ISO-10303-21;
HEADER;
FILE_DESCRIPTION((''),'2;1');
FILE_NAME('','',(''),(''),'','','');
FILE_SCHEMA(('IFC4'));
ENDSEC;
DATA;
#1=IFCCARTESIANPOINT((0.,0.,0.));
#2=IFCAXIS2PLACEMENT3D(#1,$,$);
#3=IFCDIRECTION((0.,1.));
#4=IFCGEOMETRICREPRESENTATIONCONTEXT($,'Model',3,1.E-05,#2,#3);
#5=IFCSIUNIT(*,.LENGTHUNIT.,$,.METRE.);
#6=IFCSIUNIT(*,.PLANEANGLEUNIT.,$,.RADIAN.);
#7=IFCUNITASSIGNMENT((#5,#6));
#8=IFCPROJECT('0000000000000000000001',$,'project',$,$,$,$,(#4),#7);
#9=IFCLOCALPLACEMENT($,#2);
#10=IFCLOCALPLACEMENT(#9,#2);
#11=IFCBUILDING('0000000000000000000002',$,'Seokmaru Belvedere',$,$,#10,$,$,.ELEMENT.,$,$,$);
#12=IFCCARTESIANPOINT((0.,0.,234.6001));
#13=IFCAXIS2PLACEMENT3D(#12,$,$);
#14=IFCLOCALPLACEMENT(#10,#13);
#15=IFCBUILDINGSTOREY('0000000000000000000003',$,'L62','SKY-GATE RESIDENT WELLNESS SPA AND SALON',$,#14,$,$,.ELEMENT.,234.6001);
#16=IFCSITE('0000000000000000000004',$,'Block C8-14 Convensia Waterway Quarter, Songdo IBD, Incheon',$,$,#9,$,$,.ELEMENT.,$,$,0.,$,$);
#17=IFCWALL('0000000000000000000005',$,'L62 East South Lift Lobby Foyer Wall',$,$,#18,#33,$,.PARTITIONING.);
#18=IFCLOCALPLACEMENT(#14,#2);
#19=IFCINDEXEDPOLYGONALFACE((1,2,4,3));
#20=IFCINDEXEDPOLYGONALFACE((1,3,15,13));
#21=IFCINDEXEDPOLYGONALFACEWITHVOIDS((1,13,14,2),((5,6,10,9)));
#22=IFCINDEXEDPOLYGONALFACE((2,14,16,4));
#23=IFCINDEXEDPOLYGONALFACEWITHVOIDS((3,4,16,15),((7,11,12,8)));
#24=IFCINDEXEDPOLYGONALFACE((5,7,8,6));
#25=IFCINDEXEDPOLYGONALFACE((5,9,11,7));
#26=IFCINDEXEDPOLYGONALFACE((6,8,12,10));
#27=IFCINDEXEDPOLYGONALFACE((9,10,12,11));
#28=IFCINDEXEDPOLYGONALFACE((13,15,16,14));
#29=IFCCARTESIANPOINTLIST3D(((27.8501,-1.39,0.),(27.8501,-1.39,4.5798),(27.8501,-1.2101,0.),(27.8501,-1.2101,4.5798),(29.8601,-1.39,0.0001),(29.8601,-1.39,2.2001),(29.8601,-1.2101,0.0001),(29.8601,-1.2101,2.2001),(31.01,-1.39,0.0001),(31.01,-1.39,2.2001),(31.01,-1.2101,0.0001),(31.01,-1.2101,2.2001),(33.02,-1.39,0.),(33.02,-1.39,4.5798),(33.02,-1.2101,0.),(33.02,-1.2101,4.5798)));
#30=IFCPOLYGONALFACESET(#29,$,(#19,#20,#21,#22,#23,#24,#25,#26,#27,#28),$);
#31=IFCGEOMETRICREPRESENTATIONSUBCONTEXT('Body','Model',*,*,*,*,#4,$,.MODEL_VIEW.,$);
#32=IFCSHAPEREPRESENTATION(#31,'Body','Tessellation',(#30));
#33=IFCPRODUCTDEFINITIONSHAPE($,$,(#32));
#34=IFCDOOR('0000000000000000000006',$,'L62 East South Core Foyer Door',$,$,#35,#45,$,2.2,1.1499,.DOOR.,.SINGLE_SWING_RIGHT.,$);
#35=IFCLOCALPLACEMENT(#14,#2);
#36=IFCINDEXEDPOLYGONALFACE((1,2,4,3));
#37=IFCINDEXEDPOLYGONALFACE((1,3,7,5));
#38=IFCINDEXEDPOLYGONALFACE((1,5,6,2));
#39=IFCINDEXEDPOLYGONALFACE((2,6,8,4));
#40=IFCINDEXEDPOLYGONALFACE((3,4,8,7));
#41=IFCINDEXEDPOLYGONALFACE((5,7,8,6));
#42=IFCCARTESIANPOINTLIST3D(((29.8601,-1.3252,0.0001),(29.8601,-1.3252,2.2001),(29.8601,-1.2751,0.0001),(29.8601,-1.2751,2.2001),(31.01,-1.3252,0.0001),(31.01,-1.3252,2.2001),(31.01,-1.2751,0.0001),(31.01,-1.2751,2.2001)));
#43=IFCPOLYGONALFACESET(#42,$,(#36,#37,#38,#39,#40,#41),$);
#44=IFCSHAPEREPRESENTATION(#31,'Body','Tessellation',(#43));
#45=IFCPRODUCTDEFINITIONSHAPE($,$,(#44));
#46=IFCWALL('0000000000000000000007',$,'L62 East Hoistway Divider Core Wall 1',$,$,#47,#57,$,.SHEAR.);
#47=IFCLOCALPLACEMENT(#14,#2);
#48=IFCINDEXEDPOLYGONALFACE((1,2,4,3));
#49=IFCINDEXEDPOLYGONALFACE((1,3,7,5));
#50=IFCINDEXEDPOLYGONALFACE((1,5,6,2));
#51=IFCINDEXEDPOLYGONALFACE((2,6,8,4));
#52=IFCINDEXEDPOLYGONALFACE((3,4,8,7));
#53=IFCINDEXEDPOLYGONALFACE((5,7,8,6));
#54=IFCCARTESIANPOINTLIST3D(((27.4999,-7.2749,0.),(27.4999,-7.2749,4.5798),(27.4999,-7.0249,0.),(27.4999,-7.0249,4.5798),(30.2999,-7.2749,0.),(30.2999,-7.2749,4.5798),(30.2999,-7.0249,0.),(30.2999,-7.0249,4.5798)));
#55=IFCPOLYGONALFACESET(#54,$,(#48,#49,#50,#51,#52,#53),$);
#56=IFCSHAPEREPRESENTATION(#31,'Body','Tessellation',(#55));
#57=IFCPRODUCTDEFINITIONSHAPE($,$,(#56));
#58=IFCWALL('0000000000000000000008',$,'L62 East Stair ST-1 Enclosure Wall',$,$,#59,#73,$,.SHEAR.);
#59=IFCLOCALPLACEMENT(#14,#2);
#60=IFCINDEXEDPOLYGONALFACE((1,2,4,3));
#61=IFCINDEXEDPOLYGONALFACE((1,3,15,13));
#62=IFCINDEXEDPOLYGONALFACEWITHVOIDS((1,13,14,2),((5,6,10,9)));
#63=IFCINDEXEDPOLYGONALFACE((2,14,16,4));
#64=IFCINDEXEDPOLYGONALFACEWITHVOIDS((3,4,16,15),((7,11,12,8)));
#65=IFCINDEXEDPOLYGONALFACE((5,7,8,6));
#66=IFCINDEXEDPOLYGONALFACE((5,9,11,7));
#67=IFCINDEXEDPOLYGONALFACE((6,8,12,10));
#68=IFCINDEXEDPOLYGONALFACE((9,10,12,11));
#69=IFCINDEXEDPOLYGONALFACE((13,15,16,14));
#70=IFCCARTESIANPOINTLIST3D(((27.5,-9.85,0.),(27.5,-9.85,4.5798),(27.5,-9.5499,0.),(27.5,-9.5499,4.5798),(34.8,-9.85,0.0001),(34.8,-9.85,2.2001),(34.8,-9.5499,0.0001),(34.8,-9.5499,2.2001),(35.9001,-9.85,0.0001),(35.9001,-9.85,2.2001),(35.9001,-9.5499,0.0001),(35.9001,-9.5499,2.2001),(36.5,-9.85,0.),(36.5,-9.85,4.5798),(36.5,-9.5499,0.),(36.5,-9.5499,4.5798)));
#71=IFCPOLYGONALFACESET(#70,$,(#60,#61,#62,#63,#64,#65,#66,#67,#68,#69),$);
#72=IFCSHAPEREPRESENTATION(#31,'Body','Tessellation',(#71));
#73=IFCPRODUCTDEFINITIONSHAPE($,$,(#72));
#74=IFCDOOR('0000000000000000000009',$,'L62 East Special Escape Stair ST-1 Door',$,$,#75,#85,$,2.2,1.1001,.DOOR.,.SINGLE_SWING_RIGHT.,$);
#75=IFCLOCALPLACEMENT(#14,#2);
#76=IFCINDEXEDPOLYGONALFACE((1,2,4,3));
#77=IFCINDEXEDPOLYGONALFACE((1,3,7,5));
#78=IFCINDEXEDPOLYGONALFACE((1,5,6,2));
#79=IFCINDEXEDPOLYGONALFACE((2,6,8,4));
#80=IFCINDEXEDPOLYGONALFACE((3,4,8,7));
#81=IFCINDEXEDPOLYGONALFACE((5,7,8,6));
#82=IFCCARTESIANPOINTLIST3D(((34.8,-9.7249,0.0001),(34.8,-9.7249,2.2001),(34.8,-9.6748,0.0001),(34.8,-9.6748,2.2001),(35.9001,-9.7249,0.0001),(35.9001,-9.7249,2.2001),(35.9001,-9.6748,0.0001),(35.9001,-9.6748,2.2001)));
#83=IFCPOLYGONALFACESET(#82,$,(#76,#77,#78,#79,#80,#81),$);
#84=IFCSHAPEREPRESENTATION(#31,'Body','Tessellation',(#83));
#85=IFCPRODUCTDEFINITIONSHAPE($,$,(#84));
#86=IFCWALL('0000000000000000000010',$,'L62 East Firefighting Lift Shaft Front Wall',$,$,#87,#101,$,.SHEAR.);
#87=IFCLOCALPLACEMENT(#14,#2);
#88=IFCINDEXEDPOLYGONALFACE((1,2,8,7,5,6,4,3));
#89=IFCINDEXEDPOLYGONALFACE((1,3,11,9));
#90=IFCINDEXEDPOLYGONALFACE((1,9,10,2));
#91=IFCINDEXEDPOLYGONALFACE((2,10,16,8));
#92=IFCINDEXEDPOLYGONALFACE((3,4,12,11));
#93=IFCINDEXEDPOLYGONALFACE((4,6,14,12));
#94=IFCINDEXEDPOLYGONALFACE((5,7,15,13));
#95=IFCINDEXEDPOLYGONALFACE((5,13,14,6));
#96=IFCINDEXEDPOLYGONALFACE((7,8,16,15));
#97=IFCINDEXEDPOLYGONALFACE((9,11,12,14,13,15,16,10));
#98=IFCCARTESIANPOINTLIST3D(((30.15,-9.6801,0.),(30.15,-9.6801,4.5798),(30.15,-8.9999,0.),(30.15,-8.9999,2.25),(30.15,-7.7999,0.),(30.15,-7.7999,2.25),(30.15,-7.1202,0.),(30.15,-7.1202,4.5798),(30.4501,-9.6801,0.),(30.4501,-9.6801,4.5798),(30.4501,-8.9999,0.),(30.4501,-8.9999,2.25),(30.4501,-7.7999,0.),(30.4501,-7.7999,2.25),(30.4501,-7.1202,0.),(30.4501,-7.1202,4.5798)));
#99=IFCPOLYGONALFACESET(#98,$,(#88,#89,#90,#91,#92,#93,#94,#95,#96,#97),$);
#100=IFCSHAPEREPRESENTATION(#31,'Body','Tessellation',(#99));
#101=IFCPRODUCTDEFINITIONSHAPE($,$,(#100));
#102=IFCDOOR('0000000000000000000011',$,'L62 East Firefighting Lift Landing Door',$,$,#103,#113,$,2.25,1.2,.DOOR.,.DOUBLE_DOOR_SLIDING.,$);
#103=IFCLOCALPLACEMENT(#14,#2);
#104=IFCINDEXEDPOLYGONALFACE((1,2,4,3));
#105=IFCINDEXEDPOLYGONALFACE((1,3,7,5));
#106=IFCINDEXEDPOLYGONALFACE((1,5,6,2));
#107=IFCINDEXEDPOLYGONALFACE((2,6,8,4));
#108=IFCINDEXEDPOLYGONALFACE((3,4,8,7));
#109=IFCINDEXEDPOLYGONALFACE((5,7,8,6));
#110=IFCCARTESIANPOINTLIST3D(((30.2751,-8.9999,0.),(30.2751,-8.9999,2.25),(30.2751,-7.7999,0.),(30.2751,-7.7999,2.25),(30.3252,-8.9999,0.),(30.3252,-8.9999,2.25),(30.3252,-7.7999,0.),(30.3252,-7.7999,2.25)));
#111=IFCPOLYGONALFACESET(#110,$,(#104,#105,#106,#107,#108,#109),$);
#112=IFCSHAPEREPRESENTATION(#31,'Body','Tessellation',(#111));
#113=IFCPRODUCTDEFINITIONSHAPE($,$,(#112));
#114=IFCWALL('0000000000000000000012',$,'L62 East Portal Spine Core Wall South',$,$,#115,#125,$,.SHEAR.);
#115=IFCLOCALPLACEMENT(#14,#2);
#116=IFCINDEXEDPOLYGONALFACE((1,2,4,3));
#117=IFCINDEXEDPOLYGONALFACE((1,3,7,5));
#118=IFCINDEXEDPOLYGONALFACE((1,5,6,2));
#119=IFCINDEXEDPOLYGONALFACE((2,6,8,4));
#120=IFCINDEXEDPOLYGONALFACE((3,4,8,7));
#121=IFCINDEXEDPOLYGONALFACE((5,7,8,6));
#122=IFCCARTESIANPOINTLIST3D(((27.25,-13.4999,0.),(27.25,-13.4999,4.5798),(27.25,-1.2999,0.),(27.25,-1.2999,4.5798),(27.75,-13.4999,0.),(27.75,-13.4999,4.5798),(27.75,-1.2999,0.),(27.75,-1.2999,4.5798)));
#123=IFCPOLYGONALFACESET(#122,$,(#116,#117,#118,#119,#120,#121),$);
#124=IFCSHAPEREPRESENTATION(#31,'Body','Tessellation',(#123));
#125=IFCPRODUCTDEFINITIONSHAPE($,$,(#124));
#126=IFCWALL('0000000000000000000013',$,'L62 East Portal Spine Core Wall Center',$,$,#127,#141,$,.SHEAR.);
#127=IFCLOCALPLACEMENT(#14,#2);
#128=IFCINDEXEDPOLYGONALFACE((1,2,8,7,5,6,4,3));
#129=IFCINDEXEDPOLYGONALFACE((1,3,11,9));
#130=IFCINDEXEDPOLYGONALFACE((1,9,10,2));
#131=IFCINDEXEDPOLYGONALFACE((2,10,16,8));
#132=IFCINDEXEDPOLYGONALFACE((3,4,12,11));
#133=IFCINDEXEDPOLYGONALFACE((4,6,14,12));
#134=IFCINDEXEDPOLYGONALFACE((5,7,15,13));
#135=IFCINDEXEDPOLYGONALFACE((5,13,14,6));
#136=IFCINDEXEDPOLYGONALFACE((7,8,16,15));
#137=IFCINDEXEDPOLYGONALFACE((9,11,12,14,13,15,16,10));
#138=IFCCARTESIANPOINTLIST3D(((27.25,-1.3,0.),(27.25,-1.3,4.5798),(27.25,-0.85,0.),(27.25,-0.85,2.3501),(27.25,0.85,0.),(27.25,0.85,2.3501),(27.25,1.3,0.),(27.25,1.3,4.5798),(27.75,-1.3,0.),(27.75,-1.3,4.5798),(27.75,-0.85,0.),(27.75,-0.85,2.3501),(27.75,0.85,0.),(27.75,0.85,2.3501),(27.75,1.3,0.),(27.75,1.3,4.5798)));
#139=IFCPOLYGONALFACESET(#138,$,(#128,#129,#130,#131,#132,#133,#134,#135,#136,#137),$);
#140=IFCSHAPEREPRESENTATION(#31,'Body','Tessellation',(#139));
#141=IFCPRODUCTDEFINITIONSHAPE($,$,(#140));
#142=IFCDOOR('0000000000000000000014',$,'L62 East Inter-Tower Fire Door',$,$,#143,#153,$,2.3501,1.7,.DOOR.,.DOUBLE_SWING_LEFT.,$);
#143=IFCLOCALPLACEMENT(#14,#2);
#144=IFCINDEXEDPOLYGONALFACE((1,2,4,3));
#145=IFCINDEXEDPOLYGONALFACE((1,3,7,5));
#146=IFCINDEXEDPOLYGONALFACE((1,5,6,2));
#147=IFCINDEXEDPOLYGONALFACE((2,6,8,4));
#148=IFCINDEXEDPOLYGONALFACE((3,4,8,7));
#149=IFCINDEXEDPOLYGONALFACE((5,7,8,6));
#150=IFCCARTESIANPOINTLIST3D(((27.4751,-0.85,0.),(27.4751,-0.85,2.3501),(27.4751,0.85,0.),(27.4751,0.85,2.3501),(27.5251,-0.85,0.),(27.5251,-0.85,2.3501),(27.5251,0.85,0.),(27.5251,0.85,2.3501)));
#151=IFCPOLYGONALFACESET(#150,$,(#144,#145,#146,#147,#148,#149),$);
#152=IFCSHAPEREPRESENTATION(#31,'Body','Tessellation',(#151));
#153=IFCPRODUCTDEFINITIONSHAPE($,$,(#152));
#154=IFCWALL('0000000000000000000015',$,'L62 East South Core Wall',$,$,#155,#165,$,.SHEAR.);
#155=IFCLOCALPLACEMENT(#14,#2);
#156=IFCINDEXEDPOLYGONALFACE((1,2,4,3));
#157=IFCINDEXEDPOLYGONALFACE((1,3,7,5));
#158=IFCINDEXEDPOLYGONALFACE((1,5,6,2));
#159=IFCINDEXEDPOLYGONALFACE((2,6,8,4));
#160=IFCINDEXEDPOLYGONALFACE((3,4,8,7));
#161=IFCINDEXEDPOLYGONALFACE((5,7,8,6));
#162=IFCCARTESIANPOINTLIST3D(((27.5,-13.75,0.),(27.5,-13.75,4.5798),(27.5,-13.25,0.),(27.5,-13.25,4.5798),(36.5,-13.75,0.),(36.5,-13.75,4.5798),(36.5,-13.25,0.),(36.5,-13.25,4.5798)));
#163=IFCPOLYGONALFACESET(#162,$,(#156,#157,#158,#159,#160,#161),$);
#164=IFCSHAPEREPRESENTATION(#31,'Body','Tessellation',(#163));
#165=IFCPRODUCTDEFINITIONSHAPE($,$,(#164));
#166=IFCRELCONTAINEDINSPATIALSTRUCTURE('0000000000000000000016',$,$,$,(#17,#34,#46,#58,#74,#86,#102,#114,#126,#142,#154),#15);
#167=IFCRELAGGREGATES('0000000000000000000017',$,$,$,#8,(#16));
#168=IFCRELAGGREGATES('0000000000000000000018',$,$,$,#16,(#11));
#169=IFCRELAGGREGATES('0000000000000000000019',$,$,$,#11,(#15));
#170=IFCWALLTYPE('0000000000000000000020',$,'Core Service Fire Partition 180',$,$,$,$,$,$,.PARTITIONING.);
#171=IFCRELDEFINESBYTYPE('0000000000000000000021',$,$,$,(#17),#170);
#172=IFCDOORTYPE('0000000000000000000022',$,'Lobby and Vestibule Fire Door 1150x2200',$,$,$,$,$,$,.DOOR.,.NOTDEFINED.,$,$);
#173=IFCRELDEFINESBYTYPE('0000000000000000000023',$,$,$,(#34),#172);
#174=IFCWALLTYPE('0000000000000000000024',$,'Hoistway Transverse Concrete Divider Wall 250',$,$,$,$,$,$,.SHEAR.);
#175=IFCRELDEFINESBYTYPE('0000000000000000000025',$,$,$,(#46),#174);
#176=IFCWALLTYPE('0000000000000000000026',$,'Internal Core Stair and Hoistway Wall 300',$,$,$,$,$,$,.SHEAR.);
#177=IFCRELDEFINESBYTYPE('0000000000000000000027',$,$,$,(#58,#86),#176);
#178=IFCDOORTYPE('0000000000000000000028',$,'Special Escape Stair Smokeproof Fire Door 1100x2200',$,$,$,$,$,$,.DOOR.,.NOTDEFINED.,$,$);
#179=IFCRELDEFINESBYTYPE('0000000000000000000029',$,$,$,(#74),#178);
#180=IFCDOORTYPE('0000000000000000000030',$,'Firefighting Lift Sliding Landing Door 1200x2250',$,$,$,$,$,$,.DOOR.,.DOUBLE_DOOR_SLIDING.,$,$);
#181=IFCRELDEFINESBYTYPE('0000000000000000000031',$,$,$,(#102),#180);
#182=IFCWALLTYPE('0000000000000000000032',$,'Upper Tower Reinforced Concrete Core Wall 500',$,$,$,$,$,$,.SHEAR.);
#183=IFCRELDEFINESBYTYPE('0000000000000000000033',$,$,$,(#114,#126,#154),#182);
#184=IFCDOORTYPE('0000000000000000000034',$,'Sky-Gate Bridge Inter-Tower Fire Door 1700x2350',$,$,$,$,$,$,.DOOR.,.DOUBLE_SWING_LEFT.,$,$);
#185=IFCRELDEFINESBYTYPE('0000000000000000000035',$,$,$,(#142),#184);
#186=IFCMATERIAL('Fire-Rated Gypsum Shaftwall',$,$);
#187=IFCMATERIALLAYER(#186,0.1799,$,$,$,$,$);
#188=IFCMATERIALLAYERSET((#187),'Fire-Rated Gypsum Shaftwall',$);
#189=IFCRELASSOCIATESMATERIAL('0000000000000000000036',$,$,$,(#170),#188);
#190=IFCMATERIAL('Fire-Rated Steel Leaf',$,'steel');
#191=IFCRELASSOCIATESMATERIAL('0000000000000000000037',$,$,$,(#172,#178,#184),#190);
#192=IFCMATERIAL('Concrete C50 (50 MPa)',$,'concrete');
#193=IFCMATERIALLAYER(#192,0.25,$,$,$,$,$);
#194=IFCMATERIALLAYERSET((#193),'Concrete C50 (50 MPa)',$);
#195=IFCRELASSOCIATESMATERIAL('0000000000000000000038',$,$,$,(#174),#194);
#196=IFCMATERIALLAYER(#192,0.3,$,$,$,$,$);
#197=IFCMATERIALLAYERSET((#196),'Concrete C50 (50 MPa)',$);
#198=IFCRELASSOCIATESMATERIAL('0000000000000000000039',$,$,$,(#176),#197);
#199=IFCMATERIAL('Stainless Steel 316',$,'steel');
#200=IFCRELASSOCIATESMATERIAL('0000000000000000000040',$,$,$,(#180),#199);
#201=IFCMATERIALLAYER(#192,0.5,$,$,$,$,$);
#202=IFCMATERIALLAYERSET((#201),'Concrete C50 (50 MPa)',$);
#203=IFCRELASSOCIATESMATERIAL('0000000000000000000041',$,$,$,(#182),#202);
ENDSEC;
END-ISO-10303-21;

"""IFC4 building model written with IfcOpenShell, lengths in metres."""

from ifc_helpers import new_model, si_unit, direction, frame, frame_2d, origin, place, context, subcontext, project, spatial, rectangle, extrude, source, transform, mapped, material, layer, layer_set, type_object, type_shapes, element, fill, save


model = new_model("IFC4")

# Units and contexts
model_context = context("Model", 3, precision=1e-05, world=origin(), true_north=direction((0.0, 1.0)))
body_context = subcontext(model_context, "Body", "Model", "MODEL_VIEW")
ifc_project = project(units=[si_unit("LENGTHUNIT", "METRE"), si_unit("PLANEANGLEUNIT", "RADIAN")], contexts=[model_context])

# Site, building, storey
site_placement = place(None, origin())
site = spatial("IfcSite", under=ifc_project, at=site_placement, Name="Block C8-14 Convensia Waterway Quarter, Songdo IBD, Incheon", CompositionType="ELEMENT", RefElevation=0.0)
building_placement = place(site_placement, origin())
building = spatial("IfcBuilding", under=site, at=building_placement, Name="Seokmaru Belvedere", CompositionType="ELEMENT")
storey_placement = place(building_placement, frame((0.0, 0.0, 234.6001)))
storey = spatial("IfcBuildingStorey", under=building, at=storey_placement, Name="L62", Description="SKY-GATE RESIDENT WELLNESS SPA AND SALON", CompositionType="ELEMENT", Elevation=234.6001)

# Wall, opening, door
ifc_material_1 = material(Name="Fire-Rated Gypsum Shaftwall")
ifc_layer_1 = layer(ifc_material_1, 0.1799)
ifc_layer_set_1 = layer_set([ifc_layer_1], Name="Fire-Rated Gypsum Shaftwall")
wall_type_1 = type_object("IfcWallType", Name="Core Service Fire Partition 180", PredefinedType="PARTITIONING", material=ifc_layer_set_1)
wall_1_placement = place(storey_placement, frame((27.8501, -1.3, 0.0), z_axis=(0.0, 0.0, 1.0), x_axis=(1.0, 0.0, 0.0)))
wall_1 = element("IfcWall", 1, at=wall_1_placement, inside=storey, type_object=wall_type_1, Name="L62 East South Lift Lobby Foyer Wall", PredefinedType="PARTITIONING", context=body_context, shape_type="SweptSolid", body=[
    extrude(rectangle(XDim=5.1699, YDim=0.1799, at=frame_2d((2.585, 0.0))), origin(), (0.0, 0.0, 1.0), 4.5798),
])
opening_1_placement = place(wall_1_placement, frame((2.01, 0.0, 0.0)))
opening_1 = element("IfcOpeningElement", 2, at=opening_1_placement, cuts=wall_1, PredefinedType="OPENING", context=body_context, shape_type="SweptSolid", body=[
    extrude(rectangle(XDim=1.1499, YDim=2.2, at=frame_2d((0.575, 1.1001))), frame((0.0, 0.1001, 0.0), z_axis=(0.0, -1.0, 0.0), x_axis=(1.0, 0.0, 0.0)), (0.0, 0.0, 1.0), 0.2),
])
ifc_material_2 = material(Name="Fire-Rated Steel Leaf", Category="steel")
door_type_1 = type_object("IfcDoorType", Name="Lobby and Vestibule Fire Door 1150x2200", OperationType="NOTDEFINED", PredefinedType="DOOR", material=ifc_material_2)
shared_shape_1 = source(origin(), body_context, "Body", "SweptSolid", [
    extrude(rectangle(XDim=1.1499, YDim=2.2, at=frame_2d((0.575, 1.1001))), frame((0.0, 0.0249, 0.0), z_axis=(0.0, -1.0, 0.0), x_axis=(1.0, 0.0, 0.0)), (0.0, 0.0, 1.0), 0.05),
])
type_shapes(door_type_1, [shared_shape_1])
door_1_placement = place(opening_1_placement, origin())
door_1 = element("IfcDoor", 3, at=door_1_placement, inside=storey, type_object=door_type_1, Name="L62 East South Core Foyer Door", OperationType="SINGLE_SWING_RIGHT", OverallHeight=2.2, OverallWidth=1.1499, PredefinedType="DOOR", context=body_context, shape_type="MappedRepresentation", body=[
    mapped(shared_shape_1, transform((0.0, 0.0, 0.0), scale=1.0)),
])
fill(opening_1, door_1)

# Wall
ifc_material_3 = material(Name="Concrete C50 (50 MPa)", Category="concrete")
ifc_layer_2 = layer(ifc_material_3, 0.25)
ifc_layer_set_2 = layer_set([ifc_layer_2], Name="Concrete C50 (50 MPa)")
wall_type_2 = type_object("IfcWallType", Name="Hoistway Transverse Concrete Divider Wall 250", PredefinedType="SHEAR", material=ifc_layer_set_2)
wall_2_placement = place(storey_placement, frame((27.5, -7.1499, 0.0), z_axis=(0.0, 0.0, 1.0), x_axis=(1.0, 0.0, 0.0)))
element("IfcWall", 4, at=wall_2_placement, inside=storey, type_object=wall_type_2, Name="L62 East Hoistway Divider Core Wall 1", PredefinedType="SHEAR", context=body_context, shape_type="SweptSolid", body=[
    extrude(rectangle(XDim=2.8, YDim=0.25, at=frame_2d((1.3999, 0.0))), origin(), (0.0, 0.0, 1.0), 4.5798),
])

# Walls, openings, doors
ifc_layer_3 = layer(ifc_material_3, 0.3)
ifc_layer_set_3 = layer_set([ifc_layer_3], Name="Concrete C50 (50 MPa)")
wall_type_3 = type_object("IfcWallType", Name="Internal Core Stair and Hoistway Wall 300", PredefinedType="SHEAR", material=ifc_layer_set_3)
wall_3_placement = place(storey_placement, frame((27.5, -9.7, 0.0), z_axis=(0.0, 0.0, 1.0), x_axis=(1.0, 0.0, 0.0)))
wall_3 = element("IfcWall", 5, at=wall_3_placement, inside=storey, type_object=wall_type_3, Name="L62 East Stair ST-1 Enclosure Wall", PredefinedType="SHEAR", context=body_context, shape_type="SweptSolid", body=[
    extrude(rectangle(XDim=9.0, YDim=0.3, at=frame_2d((4.5, 0.0))), origin(), (0.0, 0.0, 1.0), 4.5798),
])
opening_2_placement = place(wall_3_placement, frame((7.3, 0.0, 0.0)))
opening_2 = element("IfcOpeningElement", 6, at=opening_2_placement, cuts=wall_3, PredefinedType="OPENING", context=body_context, shape_type="SweptSolid", body=[
    extrude(rectangle(XDim=1.1001, YDim=2.2, at=frame_2d((0.55, 1.1001))), frame((0.0, 0.1602, 0.0), z_axis=(0.0, -1.0, 0.0), x_axis=(1.0, 0.0, 0.0)), (0.0, 0.0, 1.0), 0.3201),
])
door_type_2 = type_object("IfcDoorType", Name="Special Escape Stair Smokeproof Fire Door 1100x2200", OperationType="NOTDEFINED", PredefinedType="DOOR", material=ifc_material_2)
shared_shape_2 = source(origin(), body_context, "Body", "SweptSolid", [
    extrude(rectangle(XDim=1.1001, YDim=2.2, at=frame_2d((0.55, 1.1001))), frame((0.0, 0.0249, 0.0), z_axis=(0.0, -1.0, 0.0), x_axis=(1.0, 0.0, 0.0)), (0.0, 0.0, 1.0), 0.05),
])
type_shapes(door_type_2, [shared_shape_2])
door_2_placement = place(opening_2_placement, frame((1.1001, 0.0, 0.0), z_axis=(0.0, 0.0, 1.0), x_axis=(-1.0, 0.0, 0.0)))
door_2 = element("IfcDoor", 7, at=door_2_placement, inside=storey, type_object=door_type_2, Name="L62 East Special Escape Stair ST-1 Door", OperationType="SINGLE_SWING_RIGHT", OverallHeight=2.2, OverallWidth=1.1001, PredefinedType="DOOR", context=body_context, shape_type="MappedRepresentation", body=[
    mapped(shared_shape_2, transform((0.0, 0.0, 0.0), scale=1.0)),
])
fill(opening_2, door_2)
wall_4_placement = place(storey_placement, frame((30.3, -9.6799, 0.0), z_axis=(0.0, 0.0, 1.0), x_axis=(0.0, 1.0, 0.0)))
wall_4 = element("IfcWall", 8, at=wall_4_placement, inside=storey, type_object=wall_type_3, Name="L62 East Firefighting Lift Shaft Front Wall", PredefinedType="SHEAR", context=body_context, shape_type="SweptSolid", body=[
    extrude(rectangle(XDim=2.5598, YDim=0.3, at=frame_2d((1.2798, 0.0))), origin(), (0.0, 0.0, 1.0), 4.5798),
])
opening_3_placement = place(wall_4_placement, frame((0.6799, 0.0, 0.0)))
opening_3 = element("IfcOpeningElement", 9, at=opening_3_placement, cuts=wall_4, PredefinedType="OPENING", context=body_context, shape_type="SweptSolid", body=[
    extrude(rectangle(XDim=1.2, YDim=2.25, at=frame_2d((0.6001, 1.125))), frame((0.0, 0.1602, 0.0), z_axis=(0.0, -1.0, 0.0), x_axis=(1.0, 0.0, 0.0)), (0.0, 0.0, 1.0), 0.3201),
])
ifc_material_4 = material(Name="Stainless Steel 316", Category="steel")
door_type_3 = type_object("IfcDoorType", Name="Firefighting Lift Sliding Landing Door 1200x2250", OperationType="DOUBLE_DOOR_SLIDING", PredefinedType="DOOR", material=ifc_material_4)
shared_shape_3 = source(origin(), body_context, "Body", "SweptSolid", [
    extrude(rectangle(XDim=1.2, YDim=2.25, at=frame_2d((0.6001, 1.125))), frame((0.0, 0.0249, 0.0), z_axis=(0.0, -1.0, 0.0), x_axis=(1.0, 0.0, 0.0)), (0.0, 0.0, 1.0), 0.05),
])
type_shapes(door_type_3, [shared_shape_3])
door_3_placement = place(opening_3_placement, origin())
door_3 = element("IfcDoor", 10, at=door_3_placement, inside=storey, type_object=door_type_3, Name="L62 East Firefighting Lift Landing Door", OperationType="DOUBLE_DOOR_SLIDING", OverallHeight=2.25, OverallWidth=1.2, PredefinedType="DOOR", context=body_context, shape_type="MappedRepresentation", body=[
    mapped(shared_shape_3, transform((0.0, 0.0, 0.0), scale=1.0)),
])
fill(opening_3, door_3)

# Wall
ifc_layer_4 = layer(ifc_material_3, 0.5)
ifc_layer_set_4 = layer_set([ifc_layer_4], Name="Concrete C50 (50 MPa)")
wall_type_4 = type_object("IfcWallType", Name="Upper Tower Reinforced Concrete Core Wall 500", PredefinedType="SHEAR", material=ifc_layer_set_4)
wall_5_placement = place(storey_placement, frame((27.5, -13.5, 0.0), z_axis=(0.0, 0.0, 1.0), x_axis=(0.0, 1.0, 0.0)))
element("IfcWall", 11, at=wall_5_placement, inside=storey, type_object=wall_type_4, Name="L62 East Portal Spine Core Wall South", PredefinedType="SHEAR", context=body_context, shape_type="SweptSolid", body=[
    extrude(rectangle(XDim=12.2, YDim=0.5, at=frame_2d((6.1001, 0.0))), origin(), (0.0, 0.0, 1.0), 4.5798),
])

# Wall, opening, door
wall_6_placement = place(storey_placement, frame((27.5, -1.3, 0.0), z_axis=(0.0, 0.0, 1.0), x_axis=(0.0, 1.0, 0.0)))
wall_6 = element("IfcWall", 12, at=wall_6_placement, inside=storey, type_object=wall_type_4, Name="L62 East Portal Spine Core Wall Center", PredefinedType="SHEAR", context=body_context, shape_type="SweptSolid", body=[
    extrude(rectangle(XDim=2.6001, YDim=0.5, at=frame_2d((1.3, 0.0))), origin(), (0.0, 0.0, 1.0), 4.5798),
])
opening_4_placement = place(wall_6_placement, frame((0.45, 0.0, 0.0)))
opening_4 = element("IfcOpeningElement", 13, at=opening_4_placement, cuts=wall_6, PredefinedType="OPENING", context=body_context, shape_type="SweptSolid", body=[
    extrude(rectangle(XDim=1.7, YDim=2.3501, at=frame_2d((0.8501, 1.175))), frame((0.0, 0.26, 0.0), z_axis=(0.0, -1.0, 0.0), x_axis=(1.0, 0.0, 0.0)), (0.0, 0.0, 1.0), 0.52),
])
door_type_4 = type_object("IfcDoorType", Name="Sky-Gate Bridge Inter-Tower Fire Door 1700x2350", OperationType="DOUBLE_SWING_LEFT", PredefinedType="DOOR", material=ifc_material_2)
shared_shape_4 = source(origin(), body_context, "Body", "SweptSolid", [
    extrude(rectangle(XDim=1.7, YDim=2.3501, at=frame_2d((0.8501, 1.175))), frame((0.0, 0.0249, 0.0), z_axis=(0.0, -1.0, 0.0), x_axis=(1.0, 0.0, 0.0)), (0.0, 0.0, 1.0), 0.05),
])
type_shapes(door_type_4, [shared_shape_4])
door_4_placement = place(opening_4_placement, origin())
door_4 = element("IfcDoor", 14, at=door_4_placement, inside=storey, type_object=door_type_4, Name="L62 East Inter-Tower Fire Door", OperationType="DOUBLE_SWING_LEFT", OverallHeight=2.3501, OverallWidth=1.7, PredefinedType="DOOR", context=body_context, shape_type="MappedRepresentation", body=[
    mapped(shared_shape_4, transform((0.0, 0.0, 0.0), scale=1.0)),
])
fill(opening_4, door_4)

# Wall
wall_7_placement = place(storey_placement, frame((27.5, -13.5, 0.0), z_axis=(0.0, 0.0, 1.0), x_axis=(1.0, 0.0, 0.0)))
element("IfcWall", 15, at=wall_7_placement, inside=storey, type_object=wall_type_4, Name="L62 East South Core Wall", PredefinedType="SHEAR", context=body_context, shape_type="SweptSolid", body=[
    extrude(rectangle(XDim=9.0, YDim=0.5, at=frame_2d((4.5, 0.0))), origin(), (0.0, 0.0, 1.0), 4.5798),
])

save(model, "model.ifc")
